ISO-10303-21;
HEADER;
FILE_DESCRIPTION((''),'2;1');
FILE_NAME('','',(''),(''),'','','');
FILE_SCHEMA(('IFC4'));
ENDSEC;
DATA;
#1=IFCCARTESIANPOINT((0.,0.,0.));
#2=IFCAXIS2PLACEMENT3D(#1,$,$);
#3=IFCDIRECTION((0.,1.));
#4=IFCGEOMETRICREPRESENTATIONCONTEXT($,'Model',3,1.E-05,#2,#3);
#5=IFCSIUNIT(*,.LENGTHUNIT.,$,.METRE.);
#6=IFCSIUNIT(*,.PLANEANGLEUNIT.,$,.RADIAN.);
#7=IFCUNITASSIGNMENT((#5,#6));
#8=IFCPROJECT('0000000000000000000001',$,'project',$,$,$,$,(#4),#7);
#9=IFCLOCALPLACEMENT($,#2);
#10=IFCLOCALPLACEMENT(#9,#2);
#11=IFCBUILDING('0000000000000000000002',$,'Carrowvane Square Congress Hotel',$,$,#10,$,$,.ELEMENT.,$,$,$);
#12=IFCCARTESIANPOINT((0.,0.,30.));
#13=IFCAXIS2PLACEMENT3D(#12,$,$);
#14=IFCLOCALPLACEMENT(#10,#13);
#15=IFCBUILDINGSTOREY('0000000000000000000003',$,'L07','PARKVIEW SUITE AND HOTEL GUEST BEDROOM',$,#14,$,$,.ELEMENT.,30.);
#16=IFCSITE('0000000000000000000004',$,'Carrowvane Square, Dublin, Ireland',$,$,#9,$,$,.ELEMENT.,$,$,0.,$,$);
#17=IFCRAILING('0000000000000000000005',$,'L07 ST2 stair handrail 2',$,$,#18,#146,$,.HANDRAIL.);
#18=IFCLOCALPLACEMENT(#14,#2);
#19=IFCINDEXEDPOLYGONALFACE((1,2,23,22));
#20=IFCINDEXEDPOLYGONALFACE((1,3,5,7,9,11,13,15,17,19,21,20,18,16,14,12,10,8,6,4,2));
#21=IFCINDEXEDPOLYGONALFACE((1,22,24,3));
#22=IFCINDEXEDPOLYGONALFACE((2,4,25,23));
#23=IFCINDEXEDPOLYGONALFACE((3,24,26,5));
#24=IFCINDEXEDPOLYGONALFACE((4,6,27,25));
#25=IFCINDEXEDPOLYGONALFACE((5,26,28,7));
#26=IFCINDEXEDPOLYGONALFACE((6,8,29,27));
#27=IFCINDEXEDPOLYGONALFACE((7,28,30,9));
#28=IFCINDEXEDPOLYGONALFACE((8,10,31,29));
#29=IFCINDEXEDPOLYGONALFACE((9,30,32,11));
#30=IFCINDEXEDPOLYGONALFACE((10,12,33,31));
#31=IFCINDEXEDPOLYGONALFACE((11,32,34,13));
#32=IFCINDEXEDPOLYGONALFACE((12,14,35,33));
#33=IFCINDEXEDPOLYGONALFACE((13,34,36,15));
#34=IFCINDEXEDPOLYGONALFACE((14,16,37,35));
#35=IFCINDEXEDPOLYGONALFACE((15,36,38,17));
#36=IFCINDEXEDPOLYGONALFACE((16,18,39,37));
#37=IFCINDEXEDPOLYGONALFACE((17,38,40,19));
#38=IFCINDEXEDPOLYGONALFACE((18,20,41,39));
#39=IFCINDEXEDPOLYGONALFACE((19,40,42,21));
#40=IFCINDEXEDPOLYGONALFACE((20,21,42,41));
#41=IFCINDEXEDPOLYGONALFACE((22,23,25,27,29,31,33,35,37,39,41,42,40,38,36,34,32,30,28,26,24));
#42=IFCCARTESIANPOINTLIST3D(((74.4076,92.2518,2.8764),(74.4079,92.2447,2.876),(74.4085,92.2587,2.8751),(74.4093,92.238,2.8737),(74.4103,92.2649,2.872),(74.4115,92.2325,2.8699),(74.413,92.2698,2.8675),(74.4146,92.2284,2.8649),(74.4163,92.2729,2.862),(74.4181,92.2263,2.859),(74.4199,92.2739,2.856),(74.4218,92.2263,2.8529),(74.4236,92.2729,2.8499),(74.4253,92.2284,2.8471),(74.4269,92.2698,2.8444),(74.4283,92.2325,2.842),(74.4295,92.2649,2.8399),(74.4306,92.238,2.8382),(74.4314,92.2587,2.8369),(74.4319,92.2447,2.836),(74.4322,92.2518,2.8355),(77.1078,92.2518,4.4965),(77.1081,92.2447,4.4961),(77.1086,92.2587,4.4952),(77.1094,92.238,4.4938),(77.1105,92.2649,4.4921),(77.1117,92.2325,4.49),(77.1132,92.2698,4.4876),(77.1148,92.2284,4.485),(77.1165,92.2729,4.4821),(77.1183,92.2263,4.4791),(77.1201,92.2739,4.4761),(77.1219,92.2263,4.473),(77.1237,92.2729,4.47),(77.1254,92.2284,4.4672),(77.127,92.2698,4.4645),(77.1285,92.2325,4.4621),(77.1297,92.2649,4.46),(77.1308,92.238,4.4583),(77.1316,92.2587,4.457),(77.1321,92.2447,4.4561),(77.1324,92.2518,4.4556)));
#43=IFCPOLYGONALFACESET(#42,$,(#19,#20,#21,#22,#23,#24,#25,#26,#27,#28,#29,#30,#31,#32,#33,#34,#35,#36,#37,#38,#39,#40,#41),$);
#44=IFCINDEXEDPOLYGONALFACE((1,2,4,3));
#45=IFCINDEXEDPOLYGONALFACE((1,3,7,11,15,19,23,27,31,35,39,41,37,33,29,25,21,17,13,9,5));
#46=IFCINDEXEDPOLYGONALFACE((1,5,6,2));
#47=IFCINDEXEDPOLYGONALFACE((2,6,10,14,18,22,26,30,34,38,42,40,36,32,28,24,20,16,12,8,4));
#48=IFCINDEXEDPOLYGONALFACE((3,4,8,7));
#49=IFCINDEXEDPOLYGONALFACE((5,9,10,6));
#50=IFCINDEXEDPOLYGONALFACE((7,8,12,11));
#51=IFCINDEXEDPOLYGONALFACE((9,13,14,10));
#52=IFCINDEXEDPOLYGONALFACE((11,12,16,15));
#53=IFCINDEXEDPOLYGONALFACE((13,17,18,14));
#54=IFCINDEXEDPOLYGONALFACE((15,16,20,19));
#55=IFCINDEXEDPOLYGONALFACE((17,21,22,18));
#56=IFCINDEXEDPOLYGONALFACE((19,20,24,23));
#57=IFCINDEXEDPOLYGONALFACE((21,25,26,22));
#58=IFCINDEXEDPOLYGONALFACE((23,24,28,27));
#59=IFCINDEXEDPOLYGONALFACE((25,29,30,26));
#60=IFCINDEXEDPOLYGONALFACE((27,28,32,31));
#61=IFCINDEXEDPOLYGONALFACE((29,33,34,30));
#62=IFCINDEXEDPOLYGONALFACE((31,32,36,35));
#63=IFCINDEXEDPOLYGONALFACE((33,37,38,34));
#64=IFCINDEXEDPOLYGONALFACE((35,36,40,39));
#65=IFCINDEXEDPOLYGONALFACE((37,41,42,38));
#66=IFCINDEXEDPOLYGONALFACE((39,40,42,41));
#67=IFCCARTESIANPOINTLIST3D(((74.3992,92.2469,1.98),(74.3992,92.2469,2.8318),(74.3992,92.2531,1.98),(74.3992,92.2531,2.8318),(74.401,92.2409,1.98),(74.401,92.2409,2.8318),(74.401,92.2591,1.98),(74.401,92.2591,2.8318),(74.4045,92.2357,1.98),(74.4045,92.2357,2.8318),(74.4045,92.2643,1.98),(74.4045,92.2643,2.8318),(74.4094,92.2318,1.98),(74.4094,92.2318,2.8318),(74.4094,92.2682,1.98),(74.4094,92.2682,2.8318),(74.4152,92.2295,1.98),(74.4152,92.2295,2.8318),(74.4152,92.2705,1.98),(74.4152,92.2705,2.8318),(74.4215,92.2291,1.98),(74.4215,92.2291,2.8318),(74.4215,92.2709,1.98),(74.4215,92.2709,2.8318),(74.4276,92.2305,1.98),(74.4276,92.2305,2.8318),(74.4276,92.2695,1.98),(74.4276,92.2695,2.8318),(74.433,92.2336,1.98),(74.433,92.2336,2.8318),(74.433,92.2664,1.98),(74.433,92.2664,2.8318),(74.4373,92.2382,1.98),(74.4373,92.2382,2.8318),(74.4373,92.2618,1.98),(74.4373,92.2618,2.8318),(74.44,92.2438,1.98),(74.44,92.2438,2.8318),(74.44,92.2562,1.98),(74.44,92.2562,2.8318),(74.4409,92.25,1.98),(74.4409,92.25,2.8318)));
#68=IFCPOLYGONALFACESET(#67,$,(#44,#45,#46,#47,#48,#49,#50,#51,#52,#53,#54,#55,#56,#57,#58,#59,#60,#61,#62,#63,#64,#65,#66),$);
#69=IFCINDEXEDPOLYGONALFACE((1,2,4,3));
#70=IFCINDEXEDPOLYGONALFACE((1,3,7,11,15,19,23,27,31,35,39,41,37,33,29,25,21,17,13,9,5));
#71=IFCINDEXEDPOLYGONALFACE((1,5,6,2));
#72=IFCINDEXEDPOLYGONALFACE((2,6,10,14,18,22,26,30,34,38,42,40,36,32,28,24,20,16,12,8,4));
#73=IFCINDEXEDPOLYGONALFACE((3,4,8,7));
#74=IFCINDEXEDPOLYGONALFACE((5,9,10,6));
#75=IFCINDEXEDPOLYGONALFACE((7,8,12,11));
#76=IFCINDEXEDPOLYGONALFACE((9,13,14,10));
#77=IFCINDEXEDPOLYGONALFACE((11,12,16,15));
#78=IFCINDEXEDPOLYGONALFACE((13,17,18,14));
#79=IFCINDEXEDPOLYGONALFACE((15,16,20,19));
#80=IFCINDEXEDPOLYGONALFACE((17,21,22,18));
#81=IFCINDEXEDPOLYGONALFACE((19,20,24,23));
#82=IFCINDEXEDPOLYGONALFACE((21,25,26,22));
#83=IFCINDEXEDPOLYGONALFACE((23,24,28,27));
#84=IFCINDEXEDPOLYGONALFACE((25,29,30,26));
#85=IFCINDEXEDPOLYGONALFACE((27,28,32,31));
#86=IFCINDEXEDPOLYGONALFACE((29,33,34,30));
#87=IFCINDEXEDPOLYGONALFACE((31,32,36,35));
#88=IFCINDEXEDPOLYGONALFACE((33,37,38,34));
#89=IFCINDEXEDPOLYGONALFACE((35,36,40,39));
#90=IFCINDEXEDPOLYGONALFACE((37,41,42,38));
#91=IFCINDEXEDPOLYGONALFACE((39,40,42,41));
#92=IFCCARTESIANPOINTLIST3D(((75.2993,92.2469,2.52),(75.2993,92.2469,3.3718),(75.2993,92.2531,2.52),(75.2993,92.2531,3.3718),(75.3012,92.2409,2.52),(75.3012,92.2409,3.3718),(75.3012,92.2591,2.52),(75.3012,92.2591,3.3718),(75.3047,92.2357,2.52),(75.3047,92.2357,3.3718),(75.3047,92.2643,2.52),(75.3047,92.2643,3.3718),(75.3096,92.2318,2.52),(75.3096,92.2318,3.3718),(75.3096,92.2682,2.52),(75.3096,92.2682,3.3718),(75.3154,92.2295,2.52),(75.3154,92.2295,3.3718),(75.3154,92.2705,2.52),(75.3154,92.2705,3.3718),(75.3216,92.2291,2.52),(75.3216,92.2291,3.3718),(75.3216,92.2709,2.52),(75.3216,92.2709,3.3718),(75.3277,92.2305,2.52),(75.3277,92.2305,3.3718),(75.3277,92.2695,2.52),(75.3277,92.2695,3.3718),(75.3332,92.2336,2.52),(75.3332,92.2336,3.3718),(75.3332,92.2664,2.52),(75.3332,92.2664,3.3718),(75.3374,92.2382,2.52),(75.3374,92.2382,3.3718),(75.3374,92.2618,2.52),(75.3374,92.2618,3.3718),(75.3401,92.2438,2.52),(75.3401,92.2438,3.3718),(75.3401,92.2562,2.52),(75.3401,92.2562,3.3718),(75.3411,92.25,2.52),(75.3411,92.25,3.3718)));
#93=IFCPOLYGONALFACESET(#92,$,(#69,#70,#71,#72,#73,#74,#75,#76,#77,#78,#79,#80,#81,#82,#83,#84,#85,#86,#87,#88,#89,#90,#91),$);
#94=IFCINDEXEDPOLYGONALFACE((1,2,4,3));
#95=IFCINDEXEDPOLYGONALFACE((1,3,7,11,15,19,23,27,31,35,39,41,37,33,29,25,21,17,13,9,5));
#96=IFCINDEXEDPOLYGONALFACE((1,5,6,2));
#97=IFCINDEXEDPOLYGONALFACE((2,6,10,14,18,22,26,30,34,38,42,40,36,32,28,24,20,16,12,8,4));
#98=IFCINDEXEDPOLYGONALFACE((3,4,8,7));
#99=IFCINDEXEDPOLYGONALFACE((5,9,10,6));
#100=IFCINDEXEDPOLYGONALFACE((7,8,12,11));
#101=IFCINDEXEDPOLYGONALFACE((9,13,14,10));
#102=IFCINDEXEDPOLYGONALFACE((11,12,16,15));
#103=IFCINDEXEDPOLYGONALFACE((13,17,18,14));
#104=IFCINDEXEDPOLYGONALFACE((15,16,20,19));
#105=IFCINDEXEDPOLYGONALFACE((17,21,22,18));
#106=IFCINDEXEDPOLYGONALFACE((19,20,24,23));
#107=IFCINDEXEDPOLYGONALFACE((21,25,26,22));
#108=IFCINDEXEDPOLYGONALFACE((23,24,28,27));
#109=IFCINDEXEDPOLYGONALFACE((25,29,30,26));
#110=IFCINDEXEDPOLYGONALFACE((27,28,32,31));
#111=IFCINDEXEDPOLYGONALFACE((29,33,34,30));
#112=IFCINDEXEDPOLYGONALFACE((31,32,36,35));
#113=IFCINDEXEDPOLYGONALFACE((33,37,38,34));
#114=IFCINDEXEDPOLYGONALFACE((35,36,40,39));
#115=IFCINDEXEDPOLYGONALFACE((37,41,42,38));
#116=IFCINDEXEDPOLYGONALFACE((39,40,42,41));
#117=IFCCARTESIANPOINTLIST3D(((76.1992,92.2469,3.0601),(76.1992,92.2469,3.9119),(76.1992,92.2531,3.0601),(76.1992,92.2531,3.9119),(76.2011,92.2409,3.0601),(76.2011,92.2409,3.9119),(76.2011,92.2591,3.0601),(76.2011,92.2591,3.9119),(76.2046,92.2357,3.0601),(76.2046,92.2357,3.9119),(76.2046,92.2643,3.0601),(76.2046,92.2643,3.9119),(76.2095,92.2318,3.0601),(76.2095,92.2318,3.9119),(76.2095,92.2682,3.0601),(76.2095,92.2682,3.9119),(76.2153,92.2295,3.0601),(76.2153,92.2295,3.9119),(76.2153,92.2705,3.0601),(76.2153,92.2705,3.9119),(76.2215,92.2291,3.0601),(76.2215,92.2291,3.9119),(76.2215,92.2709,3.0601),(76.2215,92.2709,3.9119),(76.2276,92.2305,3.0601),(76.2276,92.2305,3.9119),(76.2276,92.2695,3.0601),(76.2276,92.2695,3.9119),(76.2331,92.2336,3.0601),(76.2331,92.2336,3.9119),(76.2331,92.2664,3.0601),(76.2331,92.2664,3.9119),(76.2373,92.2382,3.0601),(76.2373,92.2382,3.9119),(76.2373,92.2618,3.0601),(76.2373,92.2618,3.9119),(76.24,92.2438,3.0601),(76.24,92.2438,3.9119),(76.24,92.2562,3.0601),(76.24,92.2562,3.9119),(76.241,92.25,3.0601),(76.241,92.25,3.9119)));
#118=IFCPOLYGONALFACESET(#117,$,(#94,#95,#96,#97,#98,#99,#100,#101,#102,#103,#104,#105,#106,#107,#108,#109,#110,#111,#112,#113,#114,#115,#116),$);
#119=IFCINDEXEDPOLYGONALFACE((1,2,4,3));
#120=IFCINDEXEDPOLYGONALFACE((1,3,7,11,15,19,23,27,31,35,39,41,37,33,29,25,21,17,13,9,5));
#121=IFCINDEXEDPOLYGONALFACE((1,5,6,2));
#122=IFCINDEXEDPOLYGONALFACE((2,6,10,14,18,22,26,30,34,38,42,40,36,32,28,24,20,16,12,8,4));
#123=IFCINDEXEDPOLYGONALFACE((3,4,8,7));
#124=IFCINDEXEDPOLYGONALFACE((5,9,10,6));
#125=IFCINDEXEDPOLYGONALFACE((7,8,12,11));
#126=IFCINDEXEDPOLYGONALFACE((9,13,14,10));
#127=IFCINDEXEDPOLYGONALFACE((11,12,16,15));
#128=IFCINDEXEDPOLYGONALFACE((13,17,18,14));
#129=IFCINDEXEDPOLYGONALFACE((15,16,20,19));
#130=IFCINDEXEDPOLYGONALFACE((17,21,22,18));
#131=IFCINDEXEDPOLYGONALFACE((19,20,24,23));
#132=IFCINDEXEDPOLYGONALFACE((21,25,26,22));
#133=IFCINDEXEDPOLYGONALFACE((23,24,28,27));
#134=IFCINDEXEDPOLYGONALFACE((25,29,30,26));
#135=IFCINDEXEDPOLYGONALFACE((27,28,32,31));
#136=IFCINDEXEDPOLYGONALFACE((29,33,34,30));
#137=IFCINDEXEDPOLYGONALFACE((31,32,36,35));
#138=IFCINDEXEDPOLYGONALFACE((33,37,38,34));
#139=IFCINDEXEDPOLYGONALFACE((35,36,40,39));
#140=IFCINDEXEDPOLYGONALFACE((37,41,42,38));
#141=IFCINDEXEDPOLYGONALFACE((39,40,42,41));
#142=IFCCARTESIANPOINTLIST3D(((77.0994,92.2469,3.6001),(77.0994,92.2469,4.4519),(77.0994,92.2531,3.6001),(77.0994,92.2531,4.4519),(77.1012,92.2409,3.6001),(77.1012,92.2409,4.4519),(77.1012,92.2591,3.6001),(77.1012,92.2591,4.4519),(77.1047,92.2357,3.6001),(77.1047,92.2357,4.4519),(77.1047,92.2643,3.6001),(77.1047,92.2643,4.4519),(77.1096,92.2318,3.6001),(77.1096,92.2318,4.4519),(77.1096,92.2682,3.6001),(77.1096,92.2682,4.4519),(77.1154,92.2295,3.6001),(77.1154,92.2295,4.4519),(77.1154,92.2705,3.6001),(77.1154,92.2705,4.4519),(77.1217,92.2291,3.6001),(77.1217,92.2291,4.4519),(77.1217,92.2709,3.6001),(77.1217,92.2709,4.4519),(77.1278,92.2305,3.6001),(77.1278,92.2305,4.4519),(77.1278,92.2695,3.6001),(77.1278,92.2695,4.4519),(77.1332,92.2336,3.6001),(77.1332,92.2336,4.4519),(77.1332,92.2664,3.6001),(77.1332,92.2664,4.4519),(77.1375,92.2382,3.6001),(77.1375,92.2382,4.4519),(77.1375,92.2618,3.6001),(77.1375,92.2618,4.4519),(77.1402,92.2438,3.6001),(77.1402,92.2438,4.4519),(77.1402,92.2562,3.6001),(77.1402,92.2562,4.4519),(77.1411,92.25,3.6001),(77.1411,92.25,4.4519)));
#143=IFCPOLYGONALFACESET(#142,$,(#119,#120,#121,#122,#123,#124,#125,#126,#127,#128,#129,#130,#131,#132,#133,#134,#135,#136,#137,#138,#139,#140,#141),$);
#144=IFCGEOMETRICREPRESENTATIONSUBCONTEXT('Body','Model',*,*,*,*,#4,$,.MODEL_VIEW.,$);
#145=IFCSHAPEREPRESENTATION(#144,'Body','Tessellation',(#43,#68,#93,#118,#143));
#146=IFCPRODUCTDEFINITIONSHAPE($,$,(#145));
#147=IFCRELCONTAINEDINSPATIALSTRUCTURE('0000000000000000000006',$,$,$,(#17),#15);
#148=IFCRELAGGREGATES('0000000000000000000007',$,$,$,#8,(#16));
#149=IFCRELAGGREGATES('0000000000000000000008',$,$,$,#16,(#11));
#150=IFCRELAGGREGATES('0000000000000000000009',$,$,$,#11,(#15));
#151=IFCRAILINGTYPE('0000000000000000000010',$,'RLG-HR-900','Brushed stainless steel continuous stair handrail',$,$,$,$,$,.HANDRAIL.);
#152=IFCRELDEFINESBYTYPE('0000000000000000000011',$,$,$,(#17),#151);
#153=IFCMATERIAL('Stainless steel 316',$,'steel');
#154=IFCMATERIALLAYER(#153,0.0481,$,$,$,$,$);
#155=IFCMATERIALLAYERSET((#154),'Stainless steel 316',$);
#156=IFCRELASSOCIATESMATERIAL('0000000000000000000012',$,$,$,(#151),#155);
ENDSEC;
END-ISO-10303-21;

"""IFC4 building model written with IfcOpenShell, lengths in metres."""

from ifc_helpers import new_model, si_unit, direction, frame, origin, origin_2d, place, context, subcontext, project, spatial, circle, extrude, material, layer, layer_set, type_object, element, save


model = new_model("IFC4")

# Units and contexts
model_context = context("Model", 3, precision=1e-05, world=origin(), true_north=direction((0.0, 1.0)))
body_context = subcontext(model_context, "Body", "Model", "MODEL_VIEW")
ifc_project = project(units=[si_unit("LENGTHUNIT", "METRE"), si_unit("PLANEANGLEUNIT", "RADIAN")], contexts=[model_context])

# Site, building, storey
site_placement = place(None, origin())
site = spatial("IfcSite", under=ifc_project, at=site_placement, Name="Carrowvane Square, Dublin, Ireland", CompositionType="ELEMENT", RefElevation=0.0)
building_placement = place(site_placement, origin())
building = spatial("IfcBuilding", under=site, at=building_placement, Name="Carrowvane Square Congress Hotel", CompositionType="ELEMENT")
storey_placement = place(building_placement, frame((0.0, 0.0, 30.0)))
storey = spatial("IfcBuildingStorey", under=building, at=storey_placement, Name="L07", Description="PARKVIEW SUITE AND HOTEL GUEST BEDROOM", CompositionType="ELEMENT", Elevation=30.0)

# Railing
ifc_material_1 = material(Name="Stainless steel 316", Category="steel")
ifc_layer_1 = layer(ifc_material_1, 0.0481)
ifc_layer_set_1 = layer_set([ifc_layer_1], Name="Stainless steel 316")
railing_type_1 = type_object("IfcRailingType", Name="RLG-HR-900", Description="Brushed stainless steel continuous stair handrail", PredefinedType="HANDRAIL", material=ifc_layer_set_1)
railing_1_placement = place(storey_placement, frame((74.4199, 92.25, 1.98)))
element("IfcRailing", 1, at=railing_1_placement, inside=storey, type_object=railing_type_1, Name="L07 ST2 stair handrail 2", PredefinedType="HANDRAIL", context=body_context, shape_type="SweptSolid", body=[
    extrude(circle(Radius=0.0239, at=origin_2d()), frame((0.0, 0.0, 0.876), z_axis=(0.857493, 0.0, 0.514496), x_axis=(0.0, 1.0, 0.0)), (0.0, 0.0, 1.0), 3.1489),
    extrude(circle(Radius=0.021, at=origin_2d()), origin(), (0.0, 0.0, 1.0), 0.8518),
    extrude(circle(Radius=0.021, at=origin_2d()), frame((0.9001, 0.0, 0.54)), (0.0, 0.0, 1.0), 0.8518),
    extrude(circle(Radius=0.021, at=origin_2d()), frame((1.8, 0.0, 1.0801)), (0.0, 0.0, 1.0), 0.8518),
    extrude(circle(Radius=0.021, at=origin_2d()), frame((2.7002, 0.0, 1.6201)), (0.0, 0.0, 1.0), 0.8518),
])

save(model, "model.ifc")
